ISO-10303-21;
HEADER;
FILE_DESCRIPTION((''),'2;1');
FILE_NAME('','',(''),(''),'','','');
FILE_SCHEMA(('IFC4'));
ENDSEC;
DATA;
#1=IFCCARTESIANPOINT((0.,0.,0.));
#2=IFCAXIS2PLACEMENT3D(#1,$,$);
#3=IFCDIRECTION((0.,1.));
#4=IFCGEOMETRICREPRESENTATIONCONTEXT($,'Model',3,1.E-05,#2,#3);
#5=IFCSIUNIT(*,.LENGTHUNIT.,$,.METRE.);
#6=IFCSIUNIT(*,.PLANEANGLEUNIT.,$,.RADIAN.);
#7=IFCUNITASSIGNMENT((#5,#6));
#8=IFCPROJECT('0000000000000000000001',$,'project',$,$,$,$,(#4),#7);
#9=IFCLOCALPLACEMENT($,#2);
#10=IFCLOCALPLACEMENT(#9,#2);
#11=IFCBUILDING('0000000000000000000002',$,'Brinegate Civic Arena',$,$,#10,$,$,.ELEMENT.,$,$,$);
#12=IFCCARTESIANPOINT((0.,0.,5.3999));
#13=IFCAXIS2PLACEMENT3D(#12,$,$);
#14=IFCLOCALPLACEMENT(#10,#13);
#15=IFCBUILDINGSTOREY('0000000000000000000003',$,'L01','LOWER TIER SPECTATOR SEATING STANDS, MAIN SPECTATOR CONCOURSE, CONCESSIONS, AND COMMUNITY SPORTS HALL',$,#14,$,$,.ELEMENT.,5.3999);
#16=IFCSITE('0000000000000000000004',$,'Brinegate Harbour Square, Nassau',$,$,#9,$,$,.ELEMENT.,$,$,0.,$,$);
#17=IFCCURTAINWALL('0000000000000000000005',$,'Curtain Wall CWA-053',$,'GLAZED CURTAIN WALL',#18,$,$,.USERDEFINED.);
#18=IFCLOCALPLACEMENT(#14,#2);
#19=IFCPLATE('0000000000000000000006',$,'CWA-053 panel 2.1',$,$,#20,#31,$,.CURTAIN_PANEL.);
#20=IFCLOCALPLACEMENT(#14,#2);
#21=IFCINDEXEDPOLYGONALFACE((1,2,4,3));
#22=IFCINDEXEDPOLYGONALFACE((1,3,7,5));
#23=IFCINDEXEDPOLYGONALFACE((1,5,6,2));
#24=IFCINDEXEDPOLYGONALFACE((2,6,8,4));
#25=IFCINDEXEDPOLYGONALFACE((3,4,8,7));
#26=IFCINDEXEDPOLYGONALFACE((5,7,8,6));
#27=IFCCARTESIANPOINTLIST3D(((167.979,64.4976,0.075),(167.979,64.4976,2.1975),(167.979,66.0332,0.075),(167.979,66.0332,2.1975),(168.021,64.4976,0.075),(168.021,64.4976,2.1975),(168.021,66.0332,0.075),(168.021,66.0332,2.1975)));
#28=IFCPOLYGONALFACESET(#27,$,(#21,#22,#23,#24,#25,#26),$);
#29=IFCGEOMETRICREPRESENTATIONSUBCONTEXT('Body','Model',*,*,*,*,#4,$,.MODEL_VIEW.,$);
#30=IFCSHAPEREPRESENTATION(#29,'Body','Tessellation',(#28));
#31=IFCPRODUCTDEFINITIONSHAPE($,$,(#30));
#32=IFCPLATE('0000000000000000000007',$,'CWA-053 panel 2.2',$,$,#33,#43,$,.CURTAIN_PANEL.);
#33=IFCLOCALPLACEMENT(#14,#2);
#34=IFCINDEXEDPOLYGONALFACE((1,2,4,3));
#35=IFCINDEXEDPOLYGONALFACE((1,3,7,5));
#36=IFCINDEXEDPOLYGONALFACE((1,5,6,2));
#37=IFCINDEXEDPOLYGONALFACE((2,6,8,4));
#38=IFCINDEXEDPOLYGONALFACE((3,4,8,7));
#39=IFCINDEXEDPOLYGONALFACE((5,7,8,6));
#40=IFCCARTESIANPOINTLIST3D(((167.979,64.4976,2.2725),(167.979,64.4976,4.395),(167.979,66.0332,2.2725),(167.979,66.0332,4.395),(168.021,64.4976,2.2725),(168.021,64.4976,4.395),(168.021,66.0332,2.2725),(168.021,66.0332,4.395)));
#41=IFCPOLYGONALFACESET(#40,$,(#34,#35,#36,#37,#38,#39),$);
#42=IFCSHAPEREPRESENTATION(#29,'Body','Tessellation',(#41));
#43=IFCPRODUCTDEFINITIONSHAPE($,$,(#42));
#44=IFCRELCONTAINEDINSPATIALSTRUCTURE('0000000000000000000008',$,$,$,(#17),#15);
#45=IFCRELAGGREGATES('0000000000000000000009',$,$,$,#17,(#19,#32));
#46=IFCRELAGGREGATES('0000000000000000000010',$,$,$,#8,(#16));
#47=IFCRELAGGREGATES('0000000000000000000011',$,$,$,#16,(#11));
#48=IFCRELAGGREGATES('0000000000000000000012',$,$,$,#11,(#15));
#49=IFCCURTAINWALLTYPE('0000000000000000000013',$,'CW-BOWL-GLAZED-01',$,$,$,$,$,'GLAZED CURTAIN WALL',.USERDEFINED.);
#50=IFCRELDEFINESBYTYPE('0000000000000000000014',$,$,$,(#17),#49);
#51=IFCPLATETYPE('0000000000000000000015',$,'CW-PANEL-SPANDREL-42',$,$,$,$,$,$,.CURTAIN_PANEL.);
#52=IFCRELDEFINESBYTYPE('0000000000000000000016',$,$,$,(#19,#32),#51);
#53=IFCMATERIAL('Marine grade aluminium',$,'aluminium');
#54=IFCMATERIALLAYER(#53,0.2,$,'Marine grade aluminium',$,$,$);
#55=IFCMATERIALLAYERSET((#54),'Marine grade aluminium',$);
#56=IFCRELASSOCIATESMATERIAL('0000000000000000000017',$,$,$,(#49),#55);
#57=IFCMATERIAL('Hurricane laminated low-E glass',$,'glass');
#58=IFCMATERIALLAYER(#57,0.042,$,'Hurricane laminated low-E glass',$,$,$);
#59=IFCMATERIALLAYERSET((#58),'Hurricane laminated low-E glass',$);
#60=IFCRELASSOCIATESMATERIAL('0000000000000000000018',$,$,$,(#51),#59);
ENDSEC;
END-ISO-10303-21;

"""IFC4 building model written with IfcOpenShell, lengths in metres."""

from ifc_helpers import new_model, si_unit, direction, frame, origin, origin_2d, place, context, subcontext, project, spatial, rectangle, extrude, material, layer, layer_set, type_object, element, aggregate, save


model = new_model("IFC4")

# Units and contexts
model_context = context("Model", 3, precision=1e-05, world=origin(), true_north=direction((0.0, 1.0)))
body_context = subcontext(model_context, "Body", "Model", "MODEL_VIEW")
ifc_project = project(units=[si_unit("LENGTHUNIT", "METRE"), si_unit("PLANEANGLEUNIT", "RADIAN")], contexts=[model_context])

# Site, building, storey
site_placement = place(None, origin())
site = spatial("IfcSite", under=ifc_project, at=site_placement, Name="Brinegate Harbour Square, Nassau", CompositionType="ELEMENT", RefElevation=0.0)
building_placement = place(site_placement, origin())
building = spatial("IfcBuilding", under=site, at=building_placement, Name="Brinegate Civic Arena", CompositionType="ELEMENT")
storey_placement = place(building_placement, frame((0.0, 0.0, 5.3999)))
storey = spatial("IfcBuildingStorey", under=building, at=storey_placement, Name="L01", Description="LOWER TIER SPECTATOR SEATING STANDS, MAIN SPECTATOR CONCOURSE, CONCESSIONS, AND COMMUNITY SPORTS HALL", CompositionType="ELEMENT", Elevation=5.3999)

# Curtain wall
ifc_material_1 = material(Name="Marine grade aluminium", Category="aluminium")
ifc_layer_1 = layer(ifc_material_1, 0.2, Name="Marine grade aluminium")
ifc_layer_set_1 = layer_set([ifc_layer_1], Name="Marine grade aluminium")
curtain_wall_type = type_object("IfcCurtainWallType", Name="CW-BOWL-GLAZED-01", ElementType="GLAZED CURTAIN WALL", PredefinedType="USERDEFINED", material=ifc_layer_set_1)
curtain_wall_1_placement = place(storey_placement, origin())
curtain_wall_1 = element("IfcCurtainWall", 1, at=curtain_wall_1_placement, inside=storey, type_object=curtain_wall_type, Name="Curtain Wall CWA-053", ObjectType="GLAZED CURTAIN WALL", PredefinedType="USERDEFINED")

# Plates
ifc_material_2 = material(Name="Hurricane laminated low-E glass", Category="glass")
ifc_layer_2 = layer(ifc_material_2, 0.042, Name="Hurricane laminated low-E glass")
ifc_layer_set_2 = layer_set([ifc_layer_2], Name="Hurricane laminated low-E glass")
plate_type_1 = type_object("IfcPlateType", Name="CW-PANEL-SPANDREL-42", PredefinedType="CURTAIN_PANEL", material=ifc_layer_set_2)
plate_1_placement = place(storey_placement, frame((168.0, 65.2654, 0.075), z_axis=(0.0, 0.0, 1.0), x_axis=(0.0, 1.0, 0.0)))
plate_1 = element("IfcPlate", 2, at=plate_1_placement, type_object=plate_type_1, Name="CWA-053 panel 2.1", PredefinedType="CURTAIN_PANEL", context=body_context, shape_type="SweptSolid", body=[
    extrude(rectangle(XDim=1.5356, YDim=0.042, at=origin_2d()), origin(), (0.0, 0.0, 1.0), 2.1226),
])
plate_2_placement = place(storey_placement, frame((168.0, 65.2654, 2.2725), z_axis=(0.0, 0.0, 1.0), x_axis=(0.0, 1.0, 0.0)))
plate_2 = element("IfcPlate", 3, at=plate_2_placement, type_object=plate_type_1, Name="CWA-053 panel 2.2", PredefinedType="CURTAIN_PANEL", context=body_context, shape_type="SweptSolid", body=[
    extrude(rectangle(XDim=1.5356, YDim=0.042, at=origin_2d()), origin(), (0.0, 0.0, 1.0), 2.1226),
])
aggregate(curtain_wall_1, [plate_1, plate_2])

save(model, "model.ifc")
